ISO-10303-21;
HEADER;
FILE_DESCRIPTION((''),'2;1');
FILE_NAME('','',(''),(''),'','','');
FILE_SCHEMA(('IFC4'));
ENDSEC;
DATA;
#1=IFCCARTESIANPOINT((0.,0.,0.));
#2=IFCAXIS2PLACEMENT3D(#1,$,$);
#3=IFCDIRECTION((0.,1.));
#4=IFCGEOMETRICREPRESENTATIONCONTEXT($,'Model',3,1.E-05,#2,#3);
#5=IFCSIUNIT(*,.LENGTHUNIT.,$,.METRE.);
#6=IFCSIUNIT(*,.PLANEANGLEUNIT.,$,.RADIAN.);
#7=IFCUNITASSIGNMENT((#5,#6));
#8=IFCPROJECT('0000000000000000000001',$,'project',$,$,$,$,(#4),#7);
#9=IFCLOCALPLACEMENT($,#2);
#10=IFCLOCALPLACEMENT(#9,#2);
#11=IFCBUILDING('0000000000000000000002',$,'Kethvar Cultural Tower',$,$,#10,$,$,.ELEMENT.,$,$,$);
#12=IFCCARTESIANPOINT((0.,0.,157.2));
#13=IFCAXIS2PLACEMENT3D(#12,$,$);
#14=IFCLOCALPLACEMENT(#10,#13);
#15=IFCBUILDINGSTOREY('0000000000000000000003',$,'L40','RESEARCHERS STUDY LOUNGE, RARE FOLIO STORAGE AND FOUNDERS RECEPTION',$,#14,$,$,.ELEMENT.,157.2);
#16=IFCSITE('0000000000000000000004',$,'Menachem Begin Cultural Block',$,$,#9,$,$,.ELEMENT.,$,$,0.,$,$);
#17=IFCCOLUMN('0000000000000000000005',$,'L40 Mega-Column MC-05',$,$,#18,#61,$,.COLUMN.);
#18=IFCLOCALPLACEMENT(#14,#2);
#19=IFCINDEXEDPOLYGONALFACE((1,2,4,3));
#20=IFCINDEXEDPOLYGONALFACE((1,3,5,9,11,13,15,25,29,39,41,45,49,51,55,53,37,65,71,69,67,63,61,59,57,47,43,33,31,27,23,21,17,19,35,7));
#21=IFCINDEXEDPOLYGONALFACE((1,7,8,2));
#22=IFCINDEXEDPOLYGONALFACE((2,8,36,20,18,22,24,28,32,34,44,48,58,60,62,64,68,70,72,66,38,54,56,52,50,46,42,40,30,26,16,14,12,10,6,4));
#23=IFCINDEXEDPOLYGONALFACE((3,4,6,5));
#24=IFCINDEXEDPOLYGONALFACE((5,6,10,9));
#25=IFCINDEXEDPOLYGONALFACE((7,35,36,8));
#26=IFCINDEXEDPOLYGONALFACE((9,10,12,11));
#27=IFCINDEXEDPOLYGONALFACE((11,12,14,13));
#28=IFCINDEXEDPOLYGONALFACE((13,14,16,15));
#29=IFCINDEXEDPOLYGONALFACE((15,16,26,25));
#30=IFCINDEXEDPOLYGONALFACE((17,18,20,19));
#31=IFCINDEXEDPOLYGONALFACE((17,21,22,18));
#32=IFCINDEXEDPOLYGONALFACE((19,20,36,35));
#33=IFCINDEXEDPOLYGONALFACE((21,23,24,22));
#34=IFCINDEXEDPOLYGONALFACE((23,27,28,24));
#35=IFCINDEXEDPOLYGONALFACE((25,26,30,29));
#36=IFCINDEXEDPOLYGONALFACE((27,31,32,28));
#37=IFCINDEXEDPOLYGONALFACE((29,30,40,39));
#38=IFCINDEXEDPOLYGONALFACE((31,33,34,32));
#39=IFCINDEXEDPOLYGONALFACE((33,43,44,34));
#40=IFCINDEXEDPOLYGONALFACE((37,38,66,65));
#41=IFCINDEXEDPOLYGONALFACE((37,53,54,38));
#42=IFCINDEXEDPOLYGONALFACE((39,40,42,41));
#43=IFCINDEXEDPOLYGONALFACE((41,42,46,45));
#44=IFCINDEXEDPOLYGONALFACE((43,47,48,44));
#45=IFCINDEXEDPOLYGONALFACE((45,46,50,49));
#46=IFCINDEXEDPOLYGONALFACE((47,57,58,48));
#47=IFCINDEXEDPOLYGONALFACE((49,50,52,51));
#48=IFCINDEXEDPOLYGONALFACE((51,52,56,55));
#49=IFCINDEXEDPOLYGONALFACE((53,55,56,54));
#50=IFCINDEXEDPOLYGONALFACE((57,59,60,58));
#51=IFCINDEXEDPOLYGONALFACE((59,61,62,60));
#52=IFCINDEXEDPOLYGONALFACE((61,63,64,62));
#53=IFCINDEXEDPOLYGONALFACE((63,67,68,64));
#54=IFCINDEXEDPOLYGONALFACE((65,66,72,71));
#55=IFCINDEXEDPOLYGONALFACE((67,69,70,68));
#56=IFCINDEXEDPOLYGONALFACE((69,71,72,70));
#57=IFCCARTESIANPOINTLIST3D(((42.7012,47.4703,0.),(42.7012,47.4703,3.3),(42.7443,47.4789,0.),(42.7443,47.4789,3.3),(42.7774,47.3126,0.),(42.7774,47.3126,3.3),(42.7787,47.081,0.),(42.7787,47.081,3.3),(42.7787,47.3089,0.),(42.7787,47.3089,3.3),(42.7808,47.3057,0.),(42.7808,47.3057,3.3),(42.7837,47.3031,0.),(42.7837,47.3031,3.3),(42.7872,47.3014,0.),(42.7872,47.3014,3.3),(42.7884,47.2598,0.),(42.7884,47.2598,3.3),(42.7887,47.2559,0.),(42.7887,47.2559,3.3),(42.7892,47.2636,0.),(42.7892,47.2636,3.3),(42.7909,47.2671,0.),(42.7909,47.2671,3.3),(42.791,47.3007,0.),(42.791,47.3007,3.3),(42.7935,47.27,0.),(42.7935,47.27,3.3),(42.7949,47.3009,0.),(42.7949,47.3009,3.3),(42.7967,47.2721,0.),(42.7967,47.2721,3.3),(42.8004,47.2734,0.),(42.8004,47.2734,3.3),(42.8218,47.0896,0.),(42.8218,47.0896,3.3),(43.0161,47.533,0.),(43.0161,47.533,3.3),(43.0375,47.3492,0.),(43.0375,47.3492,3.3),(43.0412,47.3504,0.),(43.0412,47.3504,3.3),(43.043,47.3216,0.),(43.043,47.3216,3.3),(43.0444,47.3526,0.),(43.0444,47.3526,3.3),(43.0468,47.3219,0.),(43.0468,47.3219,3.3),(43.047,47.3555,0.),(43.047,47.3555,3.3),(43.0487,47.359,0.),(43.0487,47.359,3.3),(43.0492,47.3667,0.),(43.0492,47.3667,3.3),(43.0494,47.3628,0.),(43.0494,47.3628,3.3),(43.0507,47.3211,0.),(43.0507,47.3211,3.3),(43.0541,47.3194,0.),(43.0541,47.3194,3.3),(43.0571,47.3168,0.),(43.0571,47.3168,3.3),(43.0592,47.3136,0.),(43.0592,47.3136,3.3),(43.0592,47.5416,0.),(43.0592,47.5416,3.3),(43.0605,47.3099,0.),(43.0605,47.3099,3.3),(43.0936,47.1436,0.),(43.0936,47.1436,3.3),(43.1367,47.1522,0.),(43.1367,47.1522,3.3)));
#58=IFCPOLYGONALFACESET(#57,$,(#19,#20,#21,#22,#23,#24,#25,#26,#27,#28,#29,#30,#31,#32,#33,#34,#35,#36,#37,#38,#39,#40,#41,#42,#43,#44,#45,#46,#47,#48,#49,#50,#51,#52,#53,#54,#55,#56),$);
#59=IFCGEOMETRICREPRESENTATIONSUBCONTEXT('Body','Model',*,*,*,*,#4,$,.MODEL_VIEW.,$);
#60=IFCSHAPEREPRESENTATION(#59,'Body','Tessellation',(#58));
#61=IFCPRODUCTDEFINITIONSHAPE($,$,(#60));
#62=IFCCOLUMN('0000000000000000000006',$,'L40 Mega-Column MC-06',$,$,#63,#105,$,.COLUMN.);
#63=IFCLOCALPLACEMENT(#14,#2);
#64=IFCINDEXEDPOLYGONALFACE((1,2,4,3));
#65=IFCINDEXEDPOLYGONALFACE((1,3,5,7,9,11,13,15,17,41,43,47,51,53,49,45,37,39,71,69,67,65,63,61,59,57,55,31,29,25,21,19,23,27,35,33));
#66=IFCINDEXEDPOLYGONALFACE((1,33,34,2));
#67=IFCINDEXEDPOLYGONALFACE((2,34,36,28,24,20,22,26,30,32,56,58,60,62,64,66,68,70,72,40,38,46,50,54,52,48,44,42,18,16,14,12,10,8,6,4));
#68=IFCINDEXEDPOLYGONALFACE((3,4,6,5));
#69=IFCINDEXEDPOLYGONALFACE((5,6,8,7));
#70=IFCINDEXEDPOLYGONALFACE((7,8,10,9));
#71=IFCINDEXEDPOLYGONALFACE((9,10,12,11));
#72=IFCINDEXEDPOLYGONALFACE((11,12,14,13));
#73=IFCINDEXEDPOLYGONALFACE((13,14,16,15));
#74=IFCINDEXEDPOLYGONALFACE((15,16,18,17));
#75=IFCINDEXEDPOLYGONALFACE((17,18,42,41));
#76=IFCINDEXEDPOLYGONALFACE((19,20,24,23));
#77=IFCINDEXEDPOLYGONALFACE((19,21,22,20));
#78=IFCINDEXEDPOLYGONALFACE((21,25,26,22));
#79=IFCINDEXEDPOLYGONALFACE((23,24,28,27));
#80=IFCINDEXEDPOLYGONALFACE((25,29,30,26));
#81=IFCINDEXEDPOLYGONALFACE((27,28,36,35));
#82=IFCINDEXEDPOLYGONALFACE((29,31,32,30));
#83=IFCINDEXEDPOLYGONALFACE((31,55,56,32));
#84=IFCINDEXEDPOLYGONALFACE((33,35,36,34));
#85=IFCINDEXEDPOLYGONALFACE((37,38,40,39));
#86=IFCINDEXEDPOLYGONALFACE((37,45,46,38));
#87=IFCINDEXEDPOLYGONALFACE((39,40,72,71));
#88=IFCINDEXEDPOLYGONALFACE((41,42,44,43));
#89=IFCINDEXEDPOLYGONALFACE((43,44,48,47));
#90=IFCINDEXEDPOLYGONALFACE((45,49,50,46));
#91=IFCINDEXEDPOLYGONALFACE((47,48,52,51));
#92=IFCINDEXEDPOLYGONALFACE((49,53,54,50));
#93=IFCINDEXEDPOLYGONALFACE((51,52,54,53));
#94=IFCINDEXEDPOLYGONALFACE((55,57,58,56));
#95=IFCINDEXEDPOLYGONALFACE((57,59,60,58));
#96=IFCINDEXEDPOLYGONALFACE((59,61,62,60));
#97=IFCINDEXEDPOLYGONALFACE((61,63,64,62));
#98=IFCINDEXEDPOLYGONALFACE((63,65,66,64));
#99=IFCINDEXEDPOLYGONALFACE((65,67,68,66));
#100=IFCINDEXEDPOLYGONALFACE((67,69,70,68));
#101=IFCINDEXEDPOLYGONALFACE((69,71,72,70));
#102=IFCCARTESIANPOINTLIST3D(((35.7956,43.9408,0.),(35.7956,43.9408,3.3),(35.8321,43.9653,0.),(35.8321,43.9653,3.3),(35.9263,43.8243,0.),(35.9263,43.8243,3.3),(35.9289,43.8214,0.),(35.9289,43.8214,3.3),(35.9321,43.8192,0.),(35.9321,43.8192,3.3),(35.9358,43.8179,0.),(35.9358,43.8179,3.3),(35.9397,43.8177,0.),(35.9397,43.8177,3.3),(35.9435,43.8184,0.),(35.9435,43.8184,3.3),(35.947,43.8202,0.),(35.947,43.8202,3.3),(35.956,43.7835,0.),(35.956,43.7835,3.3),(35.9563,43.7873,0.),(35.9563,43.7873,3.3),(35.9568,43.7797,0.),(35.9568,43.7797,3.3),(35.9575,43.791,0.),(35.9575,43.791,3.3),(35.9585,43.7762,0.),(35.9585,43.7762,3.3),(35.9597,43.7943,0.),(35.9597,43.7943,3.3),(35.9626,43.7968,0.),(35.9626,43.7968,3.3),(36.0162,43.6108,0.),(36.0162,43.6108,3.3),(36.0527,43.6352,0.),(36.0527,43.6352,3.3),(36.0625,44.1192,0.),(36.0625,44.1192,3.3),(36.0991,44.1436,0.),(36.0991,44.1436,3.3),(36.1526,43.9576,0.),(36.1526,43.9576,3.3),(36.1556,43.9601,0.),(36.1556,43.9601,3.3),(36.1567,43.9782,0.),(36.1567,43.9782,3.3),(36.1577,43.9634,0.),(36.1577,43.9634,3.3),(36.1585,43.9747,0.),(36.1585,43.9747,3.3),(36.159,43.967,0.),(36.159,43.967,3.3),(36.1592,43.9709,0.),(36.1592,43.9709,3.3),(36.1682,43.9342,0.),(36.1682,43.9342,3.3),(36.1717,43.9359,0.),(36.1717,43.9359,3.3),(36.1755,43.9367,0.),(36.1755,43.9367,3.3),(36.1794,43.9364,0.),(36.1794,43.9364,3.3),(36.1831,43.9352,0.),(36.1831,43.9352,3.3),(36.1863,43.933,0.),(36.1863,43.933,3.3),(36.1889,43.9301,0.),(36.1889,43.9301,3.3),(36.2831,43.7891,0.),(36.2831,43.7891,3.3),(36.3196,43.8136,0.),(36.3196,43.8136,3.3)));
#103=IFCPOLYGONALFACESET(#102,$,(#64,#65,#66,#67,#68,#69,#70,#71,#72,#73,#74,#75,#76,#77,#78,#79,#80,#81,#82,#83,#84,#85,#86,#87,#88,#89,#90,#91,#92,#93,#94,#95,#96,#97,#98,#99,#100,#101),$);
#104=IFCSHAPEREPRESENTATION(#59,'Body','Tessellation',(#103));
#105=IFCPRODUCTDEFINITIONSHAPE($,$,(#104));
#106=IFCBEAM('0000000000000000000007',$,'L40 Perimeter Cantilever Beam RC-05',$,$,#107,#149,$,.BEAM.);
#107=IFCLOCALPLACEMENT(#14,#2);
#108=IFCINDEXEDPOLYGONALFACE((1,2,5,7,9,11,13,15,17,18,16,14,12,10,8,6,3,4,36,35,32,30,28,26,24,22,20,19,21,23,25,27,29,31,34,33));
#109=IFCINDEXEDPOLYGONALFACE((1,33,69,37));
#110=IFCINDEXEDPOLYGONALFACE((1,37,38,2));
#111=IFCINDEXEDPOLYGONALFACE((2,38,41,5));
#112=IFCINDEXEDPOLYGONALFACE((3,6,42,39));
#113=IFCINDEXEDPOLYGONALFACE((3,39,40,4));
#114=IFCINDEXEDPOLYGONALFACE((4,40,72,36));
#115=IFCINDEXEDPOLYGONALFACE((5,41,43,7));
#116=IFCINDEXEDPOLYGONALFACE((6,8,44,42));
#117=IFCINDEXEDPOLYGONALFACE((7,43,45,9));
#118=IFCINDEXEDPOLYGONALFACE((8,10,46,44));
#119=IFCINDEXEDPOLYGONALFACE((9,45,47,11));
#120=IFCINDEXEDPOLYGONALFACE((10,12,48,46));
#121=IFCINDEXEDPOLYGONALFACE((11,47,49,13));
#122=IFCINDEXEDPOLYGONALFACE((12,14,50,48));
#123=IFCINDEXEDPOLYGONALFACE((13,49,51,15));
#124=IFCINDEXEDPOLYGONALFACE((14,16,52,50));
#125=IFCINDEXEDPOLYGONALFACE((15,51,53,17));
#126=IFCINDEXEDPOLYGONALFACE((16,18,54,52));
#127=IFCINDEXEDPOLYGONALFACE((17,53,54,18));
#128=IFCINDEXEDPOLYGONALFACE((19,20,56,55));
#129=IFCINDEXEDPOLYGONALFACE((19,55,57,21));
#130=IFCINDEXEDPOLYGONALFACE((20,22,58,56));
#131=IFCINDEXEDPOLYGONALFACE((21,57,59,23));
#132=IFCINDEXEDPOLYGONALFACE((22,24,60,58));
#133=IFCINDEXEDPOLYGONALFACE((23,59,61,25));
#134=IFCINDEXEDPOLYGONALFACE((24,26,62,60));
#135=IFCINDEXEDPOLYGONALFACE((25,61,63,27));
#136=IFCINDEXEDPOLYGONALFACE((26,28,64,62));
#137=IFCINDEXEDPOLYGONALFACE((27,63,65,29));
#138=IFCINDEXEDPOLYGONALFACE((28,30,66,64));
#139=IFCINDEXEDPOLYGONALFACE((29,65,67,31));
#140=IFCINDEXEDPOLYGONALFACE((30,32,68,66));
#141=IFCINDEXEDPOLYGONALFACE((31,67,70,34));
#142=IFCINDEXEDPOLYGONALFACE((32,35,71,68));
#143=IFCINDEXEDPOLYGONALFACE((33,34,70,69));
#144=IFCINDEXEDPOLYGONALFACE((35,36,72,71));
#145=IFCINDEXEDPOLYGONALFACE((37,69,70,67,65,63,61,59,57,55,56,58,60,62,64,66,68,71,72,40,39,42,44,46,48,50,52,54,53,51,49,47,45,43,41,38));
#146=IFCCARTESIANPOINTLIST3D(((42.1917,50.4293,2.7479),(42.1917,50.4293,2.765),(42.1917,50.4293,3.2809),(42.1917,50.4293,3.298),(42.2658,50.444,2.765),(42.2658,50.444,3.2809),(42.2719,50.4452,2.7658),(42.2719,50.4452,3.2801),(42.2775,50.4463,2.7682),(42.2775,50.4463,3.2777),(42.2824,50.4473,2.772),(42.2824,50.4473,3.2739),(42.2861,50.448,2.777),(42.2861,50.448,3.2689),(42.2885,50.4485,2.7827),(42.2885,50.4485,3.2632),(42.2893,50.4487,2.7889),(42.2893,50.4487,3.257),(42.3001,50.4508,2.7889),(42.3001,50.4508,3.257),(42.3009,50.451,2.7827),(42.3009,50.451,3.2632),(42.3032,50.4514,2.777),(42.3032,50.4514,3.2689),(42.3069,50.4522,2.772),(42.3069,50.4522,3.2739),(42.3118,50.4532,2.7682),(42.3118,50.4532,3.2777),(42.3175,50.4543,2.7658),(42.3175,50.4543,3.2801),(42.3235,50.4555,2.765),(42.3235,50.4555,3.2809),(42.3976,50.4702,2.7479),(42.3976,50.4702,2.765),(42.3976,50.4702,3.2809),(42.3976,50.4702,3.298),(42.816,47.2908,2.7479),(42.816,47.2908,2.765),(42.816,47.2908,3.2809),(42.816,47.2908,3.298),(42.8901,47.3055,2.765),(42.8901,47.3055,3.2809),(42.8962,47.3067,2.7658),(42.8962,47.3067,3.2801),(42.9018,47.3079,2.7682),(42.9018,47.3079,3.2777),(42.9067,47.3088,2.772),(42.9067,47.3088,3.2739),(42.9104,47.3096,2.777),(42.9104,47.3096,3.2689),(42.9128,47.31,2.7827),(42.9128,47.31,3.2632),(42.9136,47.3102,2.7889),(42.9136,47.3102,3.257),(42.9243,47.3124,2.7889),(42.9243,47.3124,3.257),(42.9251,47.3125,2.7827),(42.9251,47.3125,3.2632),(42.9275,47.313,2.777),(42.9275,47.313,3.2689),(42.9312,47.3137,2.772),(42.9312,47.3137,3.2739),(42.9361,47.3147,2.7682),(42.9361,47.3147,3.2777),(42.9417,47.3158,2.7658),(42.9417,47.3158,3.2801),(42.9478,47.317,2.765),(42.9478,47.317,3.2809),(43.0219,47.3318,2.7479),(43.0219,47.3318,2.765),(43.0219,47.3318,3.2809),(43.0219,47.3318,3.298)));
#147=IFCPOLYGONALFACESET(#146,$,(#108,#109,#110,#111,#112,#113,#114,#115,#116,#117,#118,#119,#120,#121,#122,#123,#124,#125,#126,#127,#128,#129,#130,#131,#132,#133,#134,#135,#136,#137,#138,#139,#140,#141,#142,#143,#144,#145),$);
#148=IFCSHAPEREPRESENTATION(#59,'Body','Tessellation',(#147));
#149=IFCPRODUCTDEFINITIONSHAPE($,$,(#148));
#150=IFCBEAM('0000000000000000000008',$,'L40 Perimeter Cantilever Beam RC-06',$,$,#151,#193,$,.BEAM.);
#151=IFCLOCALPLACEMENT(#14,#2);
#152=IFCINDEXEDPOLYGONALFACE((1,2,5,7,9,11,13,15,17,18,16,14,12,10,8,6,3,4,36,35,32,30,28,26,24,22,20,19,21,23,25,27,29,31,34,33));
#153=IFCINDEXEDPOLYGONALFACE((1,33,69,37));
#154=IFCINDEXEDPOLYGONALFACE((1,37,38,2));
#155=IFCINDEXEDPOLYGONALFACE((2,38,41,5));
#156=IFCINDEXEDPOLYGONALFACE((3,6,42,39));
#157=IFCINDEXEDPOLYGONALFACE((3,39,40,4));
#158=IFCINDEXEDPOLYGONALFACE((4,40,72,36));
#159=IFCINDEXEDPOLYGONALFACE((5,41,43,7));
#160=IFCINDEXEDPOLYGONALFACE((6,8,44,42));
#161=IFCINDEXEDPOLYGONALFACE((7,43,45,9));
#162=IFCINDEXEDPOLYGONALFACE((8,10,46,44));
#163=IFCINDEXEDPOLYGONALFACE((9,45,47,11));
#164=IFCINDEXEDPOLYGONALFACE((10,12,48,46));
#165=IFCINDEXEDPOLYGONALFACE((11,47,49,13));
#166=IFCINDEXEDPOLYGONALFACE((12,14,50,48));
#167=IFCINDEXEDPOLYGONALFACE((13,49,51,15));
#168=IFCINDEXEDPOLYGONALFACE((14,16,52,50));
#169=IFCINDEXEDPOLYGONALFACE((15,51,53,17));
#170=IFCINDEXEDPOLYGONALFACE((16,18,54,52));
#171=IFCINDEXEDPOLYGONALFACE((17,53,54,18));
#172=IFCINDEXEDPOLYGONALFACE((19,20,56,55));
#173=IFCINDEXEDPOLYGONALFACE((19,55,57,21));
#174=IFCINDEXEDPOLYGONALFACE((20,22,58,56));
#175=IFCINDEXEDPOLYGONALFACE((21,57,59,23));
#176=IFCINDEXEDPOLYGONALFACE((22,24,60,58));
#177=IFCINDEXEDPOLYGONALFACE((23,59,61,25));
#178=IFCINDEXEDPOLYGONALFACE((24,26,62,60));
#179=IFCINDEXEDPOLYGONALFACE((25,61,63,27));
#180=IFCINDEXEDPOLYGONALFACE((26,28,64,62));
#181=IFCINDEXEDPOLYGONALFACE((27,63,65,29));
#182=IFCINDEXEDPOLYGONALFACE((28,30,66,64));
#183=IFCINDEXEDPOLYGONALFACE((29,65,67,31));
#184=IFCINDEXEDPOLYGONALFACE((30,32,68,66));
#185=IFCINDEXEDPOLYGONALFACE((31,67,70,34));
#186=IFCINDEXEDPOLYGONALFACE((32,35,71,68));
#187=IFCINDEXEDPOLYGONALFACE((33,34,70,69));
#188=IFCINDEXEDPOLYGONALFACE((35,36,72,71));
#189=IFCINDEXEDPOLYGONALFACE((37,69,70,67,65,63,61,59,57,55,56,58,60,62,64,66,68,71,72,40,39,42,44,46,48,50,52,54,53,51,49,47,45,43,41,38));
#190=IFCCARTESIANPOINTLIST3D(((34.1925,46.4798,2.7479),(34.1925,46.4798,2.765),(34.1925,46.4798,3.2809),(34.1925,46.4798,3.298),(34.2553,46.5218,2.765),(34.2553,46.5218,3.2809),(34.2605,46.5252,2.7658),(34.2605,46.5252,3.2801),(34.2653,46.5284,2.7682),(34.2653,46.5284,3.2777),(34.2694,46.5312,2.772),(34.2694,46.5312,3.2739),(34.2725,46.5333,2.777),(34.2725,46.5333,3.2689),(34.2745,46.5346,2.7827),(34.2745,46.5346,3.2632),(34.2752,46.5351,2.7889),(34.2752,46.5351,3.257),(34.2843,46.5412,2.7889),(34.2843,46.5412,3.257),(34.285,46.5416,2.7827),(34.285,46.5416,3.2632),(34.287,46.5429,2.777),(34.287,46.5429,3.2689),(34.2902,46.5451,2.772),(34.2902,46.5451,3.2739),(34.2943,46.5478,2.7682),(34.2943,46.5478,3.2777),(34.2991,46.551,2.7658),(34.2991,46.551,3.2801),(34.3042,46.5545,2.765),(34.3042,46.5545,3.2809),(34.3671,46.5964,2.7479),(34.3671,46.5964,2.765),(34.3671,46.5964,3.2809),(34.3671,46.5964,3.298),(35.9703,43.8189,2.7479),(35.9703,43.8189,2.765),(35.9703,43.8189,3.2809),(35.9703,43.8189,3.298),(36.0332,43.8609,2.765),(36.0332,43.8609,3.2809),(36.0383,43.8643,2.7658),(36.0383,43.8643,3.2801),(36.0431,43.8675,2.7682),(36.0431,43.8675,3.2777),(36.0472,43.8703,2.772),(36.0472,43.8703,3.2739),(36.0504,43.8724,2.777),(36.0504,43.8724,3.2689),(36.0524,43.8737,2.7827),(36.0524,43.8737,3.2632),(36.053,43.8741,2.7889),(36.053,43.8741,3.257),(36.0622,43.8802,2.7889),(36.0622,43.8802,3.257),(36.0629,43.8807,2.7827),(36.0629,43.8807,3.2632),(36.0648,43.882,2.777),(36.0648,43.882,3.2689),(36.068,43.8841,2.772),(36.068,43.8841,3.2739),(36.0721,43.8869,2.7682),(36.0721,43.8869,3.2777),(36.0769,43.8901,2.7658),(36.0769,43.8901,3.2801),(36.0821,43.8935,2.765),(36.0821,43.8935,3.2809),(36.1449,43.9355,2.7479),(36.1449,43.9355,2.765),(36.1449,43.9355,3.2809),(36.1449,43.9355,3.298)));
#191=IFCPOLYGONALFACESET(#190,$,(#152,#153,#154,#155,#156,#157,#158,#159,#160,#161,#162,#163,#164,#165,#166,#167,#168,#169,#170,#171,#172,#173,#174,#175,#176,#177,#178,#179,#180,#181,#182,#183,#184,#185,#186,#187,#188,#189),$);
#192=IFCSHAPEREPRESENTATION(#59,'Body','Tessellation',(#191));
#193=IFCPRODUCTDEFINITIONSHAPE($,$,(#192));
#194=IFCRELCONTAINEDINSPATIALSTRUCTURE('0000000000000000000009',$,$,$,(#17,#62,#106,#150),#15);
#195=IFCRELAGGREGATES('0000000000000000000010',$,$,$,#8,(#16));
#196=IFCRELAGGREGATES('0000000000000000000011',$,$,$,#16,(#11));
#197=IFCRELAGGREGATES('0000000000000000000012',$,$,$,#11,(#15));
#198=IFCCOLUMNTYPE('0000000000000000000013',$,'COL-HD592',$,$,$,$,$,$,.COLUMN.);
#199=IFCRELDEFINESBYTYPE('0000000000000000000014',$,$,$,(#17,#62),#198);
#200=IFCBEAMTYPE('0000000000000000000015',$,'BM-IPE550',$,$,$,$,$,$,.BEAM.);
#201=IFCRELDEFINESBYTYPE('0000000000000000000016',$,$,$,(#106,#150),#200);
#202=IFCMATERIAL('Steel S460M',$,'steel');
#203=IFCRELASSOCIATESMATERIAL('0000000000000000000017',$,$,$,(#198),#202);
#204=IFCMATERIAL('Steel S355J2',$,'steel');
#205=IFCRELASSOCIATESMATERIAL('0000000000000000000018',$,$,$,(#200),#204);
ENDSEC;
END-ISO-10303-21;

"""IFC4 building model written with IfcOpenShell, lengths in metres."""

from ifc_helpers import new_model, si_unit, direction, frame, origin, origin_2d, place, context, subcontext, project, spatial, i_section, extrude, source, transform, mapped, material, material_profile, profile_set, type_object, element, save


model = new_model("IFC4")

# Units and contexts
model_context = context("Model", 3, precision=1e-05, world=origin(), true_north=direction((0.0, 1.0)))
body_context = subcontext(model_context, "Body", "Model", "MODEL_VIEW")
ifc_project = project(units=[si_unit("LENGTHUNIT", "METRE"), si_unit("PLANEANGLEUNIT", "RADIAN")], contexts=[model_context])

# Site, building, storey
site_placement = place(None, origin())
site = spatial("IfcSite", under=ifc_project, at=site_placement, Name="Menachem Begin Cultural Block", CompositionType="ELEMENT", RefElevation=0.0)
building_placement = place(site_placement, origin())
building = spatial("IfcBuilding", under=site, at=building_placement, Name="Kethvar Cultural Tower", CompositionType="ELEMENT")
storey_placement = place(building_placement, frame((0.0, 0.0, 157.2)))
storey = spatial("IfcBuildingStorey", under=building, at=storey_placement, Name="L40", Description="RESEARCHERS STUDY LOUNGE, RARE FOLIO STORAGE AND FOUNDERS RECEPTION", CompositionType="ELEMENT", Elevation=157.2)

# Columns
ifc_material_1 = material(Name="Steel S460M", Category="steel")
ifc_material_profile_1 = material_profile(ifc_material_1, i_section(OverallWidth=0.397, OverallDepth=0.365, WebThickness=0.0281, FlangeThickness=0.0439, FilletRadius=0.0149, at=origin_2d()), Name="Steel S460M — HD400x592")
ifc_profile_set_1 = profile_set([ifc_material_profile_1], Name="Steel S460M — HD400x592")
column_type = type_object("IfcColumnType", Name="COL-HD592", PredefinedType="COLUMN", material=ifc_profile_set_1)
shared_shape_1 = source(origin(), body_context, "Body", "SweptSolid", [
    extrude(i_section(OverallWidth=0.397, OverallDepth=0.365, WebThickness=0.0281, FlangeThickness=0.0439, FilletRadius=0.0149, at=origin_2d()), origin(), (0.0, 0.0, 1.0), 3.3),
])
for number, where, z_axis, x_axis, name in (
    (1, (42.9189, 47.3113, 0.0), (0.0, 0.0, 1.0), (-0.19509, 0.980785, 0.0), "L40 Mega-Column MC-05"),
    (2, (36.0576, 43.8772, 0.0), (0.0, 0.0, 1.0), (-0.55557, 0.83147, 0.0), "L40 Mega-Column MC-06"),
):
    element("IfcColumn", number, at=place(storey_placement, frame(where, z_axis=z_axis, x_axis=x_axis)), inside=storey, type_object=column_type, Name=name, PredefinedType="COLUMN", context=body_context, shape_type="MappedRepresentation", body=[
        mapped(shared_shape_1, transform((0.0, 0.0, 0.0), scale=1.0)),
    ])

# Beams
ifc_material_2 = material(Name="Steel S355J2", Category="steel")
ifc_material_profile_2 = material_profile(ifc_material_2, i_section(OverallWidth=0.21, OverallDepth=0.55, WebThickness=0.011, FlangeThickness=0.0171, FilletRadius=0.0239, at=origin_2d()), Name="Steel S355J2 — IPE550")
ifc_profile_set_2 = profile_set([ifc_material_profile_2], Name="Steel S355J2 — IPE550")
beam_type_1 = type_object("IfcBeamType", Name="BM-IPE550", PredefinedType="BEAM", material=ifc_profile_set_2)
shared_shape_2 = source(origin(), body_context, "Body", "SweptSolid", [
    extrude(i_section(OverallWidth=0.21, OverallDepth=0.55, WebThickness=0.011, FlangeThickness=0.0171, FilletRadius=0.0239, at=origin_2d()), origin(), (0.0, 0.0, 1.0), 3.2),
])
beam_1_placement = place(storey_placement, frame((42.9189, 47.3113, 3.0229), z_axis=(-0.195089, 0.980786, 0.0), x_axis=(-0.980786, -0.195089, 0.0)))
element("IfcBeam", 3, at=beam_1_placement, inside=storey, type_object=beam_type_1, Name="L40 Perimeter Cantilever Beam RC-05", PredefinedType="BEAM", context=body_context, shape_type="MappedRepresentation", body=[
    mapped(shared_shape_2, transform((0.0, 0.0, 0.0), scale=1.0)),
])
shared_shape_3 = source(origin(), body_context, "Body", "SweptSolid", [
    extrude(i_section(OverallWidth=0.21, OverallDepth=0.55, WebThickness=0.011, FlangeThickness=0.0171, FilletRadius=0.0239, at=origin_2d()), origin(), (0.0, 0.0, 1.0), 3.2002),
])
beam_2_placement = place(storey_placement, frame((36.0576, 43.8772, 3.0229), z_axis=(-0.555545, 0.831486, 0.0), x_axis=(-0.831486, -0.555545, 0.0)))
element("IfcBeam", 4, at=beam_2_placement, inside=storey, type_object=beam_type_1, Name="L40 Perimeter Cantilever Beam RC-06", PredefinedType="BEAM", context=body_context, shape_type="MappedRepresentation", body=[
    mapped(shared_shape_3, transform((0.0, 0.0, 0.0), scale=1.0)),
])

save(model, "model.ifc")
